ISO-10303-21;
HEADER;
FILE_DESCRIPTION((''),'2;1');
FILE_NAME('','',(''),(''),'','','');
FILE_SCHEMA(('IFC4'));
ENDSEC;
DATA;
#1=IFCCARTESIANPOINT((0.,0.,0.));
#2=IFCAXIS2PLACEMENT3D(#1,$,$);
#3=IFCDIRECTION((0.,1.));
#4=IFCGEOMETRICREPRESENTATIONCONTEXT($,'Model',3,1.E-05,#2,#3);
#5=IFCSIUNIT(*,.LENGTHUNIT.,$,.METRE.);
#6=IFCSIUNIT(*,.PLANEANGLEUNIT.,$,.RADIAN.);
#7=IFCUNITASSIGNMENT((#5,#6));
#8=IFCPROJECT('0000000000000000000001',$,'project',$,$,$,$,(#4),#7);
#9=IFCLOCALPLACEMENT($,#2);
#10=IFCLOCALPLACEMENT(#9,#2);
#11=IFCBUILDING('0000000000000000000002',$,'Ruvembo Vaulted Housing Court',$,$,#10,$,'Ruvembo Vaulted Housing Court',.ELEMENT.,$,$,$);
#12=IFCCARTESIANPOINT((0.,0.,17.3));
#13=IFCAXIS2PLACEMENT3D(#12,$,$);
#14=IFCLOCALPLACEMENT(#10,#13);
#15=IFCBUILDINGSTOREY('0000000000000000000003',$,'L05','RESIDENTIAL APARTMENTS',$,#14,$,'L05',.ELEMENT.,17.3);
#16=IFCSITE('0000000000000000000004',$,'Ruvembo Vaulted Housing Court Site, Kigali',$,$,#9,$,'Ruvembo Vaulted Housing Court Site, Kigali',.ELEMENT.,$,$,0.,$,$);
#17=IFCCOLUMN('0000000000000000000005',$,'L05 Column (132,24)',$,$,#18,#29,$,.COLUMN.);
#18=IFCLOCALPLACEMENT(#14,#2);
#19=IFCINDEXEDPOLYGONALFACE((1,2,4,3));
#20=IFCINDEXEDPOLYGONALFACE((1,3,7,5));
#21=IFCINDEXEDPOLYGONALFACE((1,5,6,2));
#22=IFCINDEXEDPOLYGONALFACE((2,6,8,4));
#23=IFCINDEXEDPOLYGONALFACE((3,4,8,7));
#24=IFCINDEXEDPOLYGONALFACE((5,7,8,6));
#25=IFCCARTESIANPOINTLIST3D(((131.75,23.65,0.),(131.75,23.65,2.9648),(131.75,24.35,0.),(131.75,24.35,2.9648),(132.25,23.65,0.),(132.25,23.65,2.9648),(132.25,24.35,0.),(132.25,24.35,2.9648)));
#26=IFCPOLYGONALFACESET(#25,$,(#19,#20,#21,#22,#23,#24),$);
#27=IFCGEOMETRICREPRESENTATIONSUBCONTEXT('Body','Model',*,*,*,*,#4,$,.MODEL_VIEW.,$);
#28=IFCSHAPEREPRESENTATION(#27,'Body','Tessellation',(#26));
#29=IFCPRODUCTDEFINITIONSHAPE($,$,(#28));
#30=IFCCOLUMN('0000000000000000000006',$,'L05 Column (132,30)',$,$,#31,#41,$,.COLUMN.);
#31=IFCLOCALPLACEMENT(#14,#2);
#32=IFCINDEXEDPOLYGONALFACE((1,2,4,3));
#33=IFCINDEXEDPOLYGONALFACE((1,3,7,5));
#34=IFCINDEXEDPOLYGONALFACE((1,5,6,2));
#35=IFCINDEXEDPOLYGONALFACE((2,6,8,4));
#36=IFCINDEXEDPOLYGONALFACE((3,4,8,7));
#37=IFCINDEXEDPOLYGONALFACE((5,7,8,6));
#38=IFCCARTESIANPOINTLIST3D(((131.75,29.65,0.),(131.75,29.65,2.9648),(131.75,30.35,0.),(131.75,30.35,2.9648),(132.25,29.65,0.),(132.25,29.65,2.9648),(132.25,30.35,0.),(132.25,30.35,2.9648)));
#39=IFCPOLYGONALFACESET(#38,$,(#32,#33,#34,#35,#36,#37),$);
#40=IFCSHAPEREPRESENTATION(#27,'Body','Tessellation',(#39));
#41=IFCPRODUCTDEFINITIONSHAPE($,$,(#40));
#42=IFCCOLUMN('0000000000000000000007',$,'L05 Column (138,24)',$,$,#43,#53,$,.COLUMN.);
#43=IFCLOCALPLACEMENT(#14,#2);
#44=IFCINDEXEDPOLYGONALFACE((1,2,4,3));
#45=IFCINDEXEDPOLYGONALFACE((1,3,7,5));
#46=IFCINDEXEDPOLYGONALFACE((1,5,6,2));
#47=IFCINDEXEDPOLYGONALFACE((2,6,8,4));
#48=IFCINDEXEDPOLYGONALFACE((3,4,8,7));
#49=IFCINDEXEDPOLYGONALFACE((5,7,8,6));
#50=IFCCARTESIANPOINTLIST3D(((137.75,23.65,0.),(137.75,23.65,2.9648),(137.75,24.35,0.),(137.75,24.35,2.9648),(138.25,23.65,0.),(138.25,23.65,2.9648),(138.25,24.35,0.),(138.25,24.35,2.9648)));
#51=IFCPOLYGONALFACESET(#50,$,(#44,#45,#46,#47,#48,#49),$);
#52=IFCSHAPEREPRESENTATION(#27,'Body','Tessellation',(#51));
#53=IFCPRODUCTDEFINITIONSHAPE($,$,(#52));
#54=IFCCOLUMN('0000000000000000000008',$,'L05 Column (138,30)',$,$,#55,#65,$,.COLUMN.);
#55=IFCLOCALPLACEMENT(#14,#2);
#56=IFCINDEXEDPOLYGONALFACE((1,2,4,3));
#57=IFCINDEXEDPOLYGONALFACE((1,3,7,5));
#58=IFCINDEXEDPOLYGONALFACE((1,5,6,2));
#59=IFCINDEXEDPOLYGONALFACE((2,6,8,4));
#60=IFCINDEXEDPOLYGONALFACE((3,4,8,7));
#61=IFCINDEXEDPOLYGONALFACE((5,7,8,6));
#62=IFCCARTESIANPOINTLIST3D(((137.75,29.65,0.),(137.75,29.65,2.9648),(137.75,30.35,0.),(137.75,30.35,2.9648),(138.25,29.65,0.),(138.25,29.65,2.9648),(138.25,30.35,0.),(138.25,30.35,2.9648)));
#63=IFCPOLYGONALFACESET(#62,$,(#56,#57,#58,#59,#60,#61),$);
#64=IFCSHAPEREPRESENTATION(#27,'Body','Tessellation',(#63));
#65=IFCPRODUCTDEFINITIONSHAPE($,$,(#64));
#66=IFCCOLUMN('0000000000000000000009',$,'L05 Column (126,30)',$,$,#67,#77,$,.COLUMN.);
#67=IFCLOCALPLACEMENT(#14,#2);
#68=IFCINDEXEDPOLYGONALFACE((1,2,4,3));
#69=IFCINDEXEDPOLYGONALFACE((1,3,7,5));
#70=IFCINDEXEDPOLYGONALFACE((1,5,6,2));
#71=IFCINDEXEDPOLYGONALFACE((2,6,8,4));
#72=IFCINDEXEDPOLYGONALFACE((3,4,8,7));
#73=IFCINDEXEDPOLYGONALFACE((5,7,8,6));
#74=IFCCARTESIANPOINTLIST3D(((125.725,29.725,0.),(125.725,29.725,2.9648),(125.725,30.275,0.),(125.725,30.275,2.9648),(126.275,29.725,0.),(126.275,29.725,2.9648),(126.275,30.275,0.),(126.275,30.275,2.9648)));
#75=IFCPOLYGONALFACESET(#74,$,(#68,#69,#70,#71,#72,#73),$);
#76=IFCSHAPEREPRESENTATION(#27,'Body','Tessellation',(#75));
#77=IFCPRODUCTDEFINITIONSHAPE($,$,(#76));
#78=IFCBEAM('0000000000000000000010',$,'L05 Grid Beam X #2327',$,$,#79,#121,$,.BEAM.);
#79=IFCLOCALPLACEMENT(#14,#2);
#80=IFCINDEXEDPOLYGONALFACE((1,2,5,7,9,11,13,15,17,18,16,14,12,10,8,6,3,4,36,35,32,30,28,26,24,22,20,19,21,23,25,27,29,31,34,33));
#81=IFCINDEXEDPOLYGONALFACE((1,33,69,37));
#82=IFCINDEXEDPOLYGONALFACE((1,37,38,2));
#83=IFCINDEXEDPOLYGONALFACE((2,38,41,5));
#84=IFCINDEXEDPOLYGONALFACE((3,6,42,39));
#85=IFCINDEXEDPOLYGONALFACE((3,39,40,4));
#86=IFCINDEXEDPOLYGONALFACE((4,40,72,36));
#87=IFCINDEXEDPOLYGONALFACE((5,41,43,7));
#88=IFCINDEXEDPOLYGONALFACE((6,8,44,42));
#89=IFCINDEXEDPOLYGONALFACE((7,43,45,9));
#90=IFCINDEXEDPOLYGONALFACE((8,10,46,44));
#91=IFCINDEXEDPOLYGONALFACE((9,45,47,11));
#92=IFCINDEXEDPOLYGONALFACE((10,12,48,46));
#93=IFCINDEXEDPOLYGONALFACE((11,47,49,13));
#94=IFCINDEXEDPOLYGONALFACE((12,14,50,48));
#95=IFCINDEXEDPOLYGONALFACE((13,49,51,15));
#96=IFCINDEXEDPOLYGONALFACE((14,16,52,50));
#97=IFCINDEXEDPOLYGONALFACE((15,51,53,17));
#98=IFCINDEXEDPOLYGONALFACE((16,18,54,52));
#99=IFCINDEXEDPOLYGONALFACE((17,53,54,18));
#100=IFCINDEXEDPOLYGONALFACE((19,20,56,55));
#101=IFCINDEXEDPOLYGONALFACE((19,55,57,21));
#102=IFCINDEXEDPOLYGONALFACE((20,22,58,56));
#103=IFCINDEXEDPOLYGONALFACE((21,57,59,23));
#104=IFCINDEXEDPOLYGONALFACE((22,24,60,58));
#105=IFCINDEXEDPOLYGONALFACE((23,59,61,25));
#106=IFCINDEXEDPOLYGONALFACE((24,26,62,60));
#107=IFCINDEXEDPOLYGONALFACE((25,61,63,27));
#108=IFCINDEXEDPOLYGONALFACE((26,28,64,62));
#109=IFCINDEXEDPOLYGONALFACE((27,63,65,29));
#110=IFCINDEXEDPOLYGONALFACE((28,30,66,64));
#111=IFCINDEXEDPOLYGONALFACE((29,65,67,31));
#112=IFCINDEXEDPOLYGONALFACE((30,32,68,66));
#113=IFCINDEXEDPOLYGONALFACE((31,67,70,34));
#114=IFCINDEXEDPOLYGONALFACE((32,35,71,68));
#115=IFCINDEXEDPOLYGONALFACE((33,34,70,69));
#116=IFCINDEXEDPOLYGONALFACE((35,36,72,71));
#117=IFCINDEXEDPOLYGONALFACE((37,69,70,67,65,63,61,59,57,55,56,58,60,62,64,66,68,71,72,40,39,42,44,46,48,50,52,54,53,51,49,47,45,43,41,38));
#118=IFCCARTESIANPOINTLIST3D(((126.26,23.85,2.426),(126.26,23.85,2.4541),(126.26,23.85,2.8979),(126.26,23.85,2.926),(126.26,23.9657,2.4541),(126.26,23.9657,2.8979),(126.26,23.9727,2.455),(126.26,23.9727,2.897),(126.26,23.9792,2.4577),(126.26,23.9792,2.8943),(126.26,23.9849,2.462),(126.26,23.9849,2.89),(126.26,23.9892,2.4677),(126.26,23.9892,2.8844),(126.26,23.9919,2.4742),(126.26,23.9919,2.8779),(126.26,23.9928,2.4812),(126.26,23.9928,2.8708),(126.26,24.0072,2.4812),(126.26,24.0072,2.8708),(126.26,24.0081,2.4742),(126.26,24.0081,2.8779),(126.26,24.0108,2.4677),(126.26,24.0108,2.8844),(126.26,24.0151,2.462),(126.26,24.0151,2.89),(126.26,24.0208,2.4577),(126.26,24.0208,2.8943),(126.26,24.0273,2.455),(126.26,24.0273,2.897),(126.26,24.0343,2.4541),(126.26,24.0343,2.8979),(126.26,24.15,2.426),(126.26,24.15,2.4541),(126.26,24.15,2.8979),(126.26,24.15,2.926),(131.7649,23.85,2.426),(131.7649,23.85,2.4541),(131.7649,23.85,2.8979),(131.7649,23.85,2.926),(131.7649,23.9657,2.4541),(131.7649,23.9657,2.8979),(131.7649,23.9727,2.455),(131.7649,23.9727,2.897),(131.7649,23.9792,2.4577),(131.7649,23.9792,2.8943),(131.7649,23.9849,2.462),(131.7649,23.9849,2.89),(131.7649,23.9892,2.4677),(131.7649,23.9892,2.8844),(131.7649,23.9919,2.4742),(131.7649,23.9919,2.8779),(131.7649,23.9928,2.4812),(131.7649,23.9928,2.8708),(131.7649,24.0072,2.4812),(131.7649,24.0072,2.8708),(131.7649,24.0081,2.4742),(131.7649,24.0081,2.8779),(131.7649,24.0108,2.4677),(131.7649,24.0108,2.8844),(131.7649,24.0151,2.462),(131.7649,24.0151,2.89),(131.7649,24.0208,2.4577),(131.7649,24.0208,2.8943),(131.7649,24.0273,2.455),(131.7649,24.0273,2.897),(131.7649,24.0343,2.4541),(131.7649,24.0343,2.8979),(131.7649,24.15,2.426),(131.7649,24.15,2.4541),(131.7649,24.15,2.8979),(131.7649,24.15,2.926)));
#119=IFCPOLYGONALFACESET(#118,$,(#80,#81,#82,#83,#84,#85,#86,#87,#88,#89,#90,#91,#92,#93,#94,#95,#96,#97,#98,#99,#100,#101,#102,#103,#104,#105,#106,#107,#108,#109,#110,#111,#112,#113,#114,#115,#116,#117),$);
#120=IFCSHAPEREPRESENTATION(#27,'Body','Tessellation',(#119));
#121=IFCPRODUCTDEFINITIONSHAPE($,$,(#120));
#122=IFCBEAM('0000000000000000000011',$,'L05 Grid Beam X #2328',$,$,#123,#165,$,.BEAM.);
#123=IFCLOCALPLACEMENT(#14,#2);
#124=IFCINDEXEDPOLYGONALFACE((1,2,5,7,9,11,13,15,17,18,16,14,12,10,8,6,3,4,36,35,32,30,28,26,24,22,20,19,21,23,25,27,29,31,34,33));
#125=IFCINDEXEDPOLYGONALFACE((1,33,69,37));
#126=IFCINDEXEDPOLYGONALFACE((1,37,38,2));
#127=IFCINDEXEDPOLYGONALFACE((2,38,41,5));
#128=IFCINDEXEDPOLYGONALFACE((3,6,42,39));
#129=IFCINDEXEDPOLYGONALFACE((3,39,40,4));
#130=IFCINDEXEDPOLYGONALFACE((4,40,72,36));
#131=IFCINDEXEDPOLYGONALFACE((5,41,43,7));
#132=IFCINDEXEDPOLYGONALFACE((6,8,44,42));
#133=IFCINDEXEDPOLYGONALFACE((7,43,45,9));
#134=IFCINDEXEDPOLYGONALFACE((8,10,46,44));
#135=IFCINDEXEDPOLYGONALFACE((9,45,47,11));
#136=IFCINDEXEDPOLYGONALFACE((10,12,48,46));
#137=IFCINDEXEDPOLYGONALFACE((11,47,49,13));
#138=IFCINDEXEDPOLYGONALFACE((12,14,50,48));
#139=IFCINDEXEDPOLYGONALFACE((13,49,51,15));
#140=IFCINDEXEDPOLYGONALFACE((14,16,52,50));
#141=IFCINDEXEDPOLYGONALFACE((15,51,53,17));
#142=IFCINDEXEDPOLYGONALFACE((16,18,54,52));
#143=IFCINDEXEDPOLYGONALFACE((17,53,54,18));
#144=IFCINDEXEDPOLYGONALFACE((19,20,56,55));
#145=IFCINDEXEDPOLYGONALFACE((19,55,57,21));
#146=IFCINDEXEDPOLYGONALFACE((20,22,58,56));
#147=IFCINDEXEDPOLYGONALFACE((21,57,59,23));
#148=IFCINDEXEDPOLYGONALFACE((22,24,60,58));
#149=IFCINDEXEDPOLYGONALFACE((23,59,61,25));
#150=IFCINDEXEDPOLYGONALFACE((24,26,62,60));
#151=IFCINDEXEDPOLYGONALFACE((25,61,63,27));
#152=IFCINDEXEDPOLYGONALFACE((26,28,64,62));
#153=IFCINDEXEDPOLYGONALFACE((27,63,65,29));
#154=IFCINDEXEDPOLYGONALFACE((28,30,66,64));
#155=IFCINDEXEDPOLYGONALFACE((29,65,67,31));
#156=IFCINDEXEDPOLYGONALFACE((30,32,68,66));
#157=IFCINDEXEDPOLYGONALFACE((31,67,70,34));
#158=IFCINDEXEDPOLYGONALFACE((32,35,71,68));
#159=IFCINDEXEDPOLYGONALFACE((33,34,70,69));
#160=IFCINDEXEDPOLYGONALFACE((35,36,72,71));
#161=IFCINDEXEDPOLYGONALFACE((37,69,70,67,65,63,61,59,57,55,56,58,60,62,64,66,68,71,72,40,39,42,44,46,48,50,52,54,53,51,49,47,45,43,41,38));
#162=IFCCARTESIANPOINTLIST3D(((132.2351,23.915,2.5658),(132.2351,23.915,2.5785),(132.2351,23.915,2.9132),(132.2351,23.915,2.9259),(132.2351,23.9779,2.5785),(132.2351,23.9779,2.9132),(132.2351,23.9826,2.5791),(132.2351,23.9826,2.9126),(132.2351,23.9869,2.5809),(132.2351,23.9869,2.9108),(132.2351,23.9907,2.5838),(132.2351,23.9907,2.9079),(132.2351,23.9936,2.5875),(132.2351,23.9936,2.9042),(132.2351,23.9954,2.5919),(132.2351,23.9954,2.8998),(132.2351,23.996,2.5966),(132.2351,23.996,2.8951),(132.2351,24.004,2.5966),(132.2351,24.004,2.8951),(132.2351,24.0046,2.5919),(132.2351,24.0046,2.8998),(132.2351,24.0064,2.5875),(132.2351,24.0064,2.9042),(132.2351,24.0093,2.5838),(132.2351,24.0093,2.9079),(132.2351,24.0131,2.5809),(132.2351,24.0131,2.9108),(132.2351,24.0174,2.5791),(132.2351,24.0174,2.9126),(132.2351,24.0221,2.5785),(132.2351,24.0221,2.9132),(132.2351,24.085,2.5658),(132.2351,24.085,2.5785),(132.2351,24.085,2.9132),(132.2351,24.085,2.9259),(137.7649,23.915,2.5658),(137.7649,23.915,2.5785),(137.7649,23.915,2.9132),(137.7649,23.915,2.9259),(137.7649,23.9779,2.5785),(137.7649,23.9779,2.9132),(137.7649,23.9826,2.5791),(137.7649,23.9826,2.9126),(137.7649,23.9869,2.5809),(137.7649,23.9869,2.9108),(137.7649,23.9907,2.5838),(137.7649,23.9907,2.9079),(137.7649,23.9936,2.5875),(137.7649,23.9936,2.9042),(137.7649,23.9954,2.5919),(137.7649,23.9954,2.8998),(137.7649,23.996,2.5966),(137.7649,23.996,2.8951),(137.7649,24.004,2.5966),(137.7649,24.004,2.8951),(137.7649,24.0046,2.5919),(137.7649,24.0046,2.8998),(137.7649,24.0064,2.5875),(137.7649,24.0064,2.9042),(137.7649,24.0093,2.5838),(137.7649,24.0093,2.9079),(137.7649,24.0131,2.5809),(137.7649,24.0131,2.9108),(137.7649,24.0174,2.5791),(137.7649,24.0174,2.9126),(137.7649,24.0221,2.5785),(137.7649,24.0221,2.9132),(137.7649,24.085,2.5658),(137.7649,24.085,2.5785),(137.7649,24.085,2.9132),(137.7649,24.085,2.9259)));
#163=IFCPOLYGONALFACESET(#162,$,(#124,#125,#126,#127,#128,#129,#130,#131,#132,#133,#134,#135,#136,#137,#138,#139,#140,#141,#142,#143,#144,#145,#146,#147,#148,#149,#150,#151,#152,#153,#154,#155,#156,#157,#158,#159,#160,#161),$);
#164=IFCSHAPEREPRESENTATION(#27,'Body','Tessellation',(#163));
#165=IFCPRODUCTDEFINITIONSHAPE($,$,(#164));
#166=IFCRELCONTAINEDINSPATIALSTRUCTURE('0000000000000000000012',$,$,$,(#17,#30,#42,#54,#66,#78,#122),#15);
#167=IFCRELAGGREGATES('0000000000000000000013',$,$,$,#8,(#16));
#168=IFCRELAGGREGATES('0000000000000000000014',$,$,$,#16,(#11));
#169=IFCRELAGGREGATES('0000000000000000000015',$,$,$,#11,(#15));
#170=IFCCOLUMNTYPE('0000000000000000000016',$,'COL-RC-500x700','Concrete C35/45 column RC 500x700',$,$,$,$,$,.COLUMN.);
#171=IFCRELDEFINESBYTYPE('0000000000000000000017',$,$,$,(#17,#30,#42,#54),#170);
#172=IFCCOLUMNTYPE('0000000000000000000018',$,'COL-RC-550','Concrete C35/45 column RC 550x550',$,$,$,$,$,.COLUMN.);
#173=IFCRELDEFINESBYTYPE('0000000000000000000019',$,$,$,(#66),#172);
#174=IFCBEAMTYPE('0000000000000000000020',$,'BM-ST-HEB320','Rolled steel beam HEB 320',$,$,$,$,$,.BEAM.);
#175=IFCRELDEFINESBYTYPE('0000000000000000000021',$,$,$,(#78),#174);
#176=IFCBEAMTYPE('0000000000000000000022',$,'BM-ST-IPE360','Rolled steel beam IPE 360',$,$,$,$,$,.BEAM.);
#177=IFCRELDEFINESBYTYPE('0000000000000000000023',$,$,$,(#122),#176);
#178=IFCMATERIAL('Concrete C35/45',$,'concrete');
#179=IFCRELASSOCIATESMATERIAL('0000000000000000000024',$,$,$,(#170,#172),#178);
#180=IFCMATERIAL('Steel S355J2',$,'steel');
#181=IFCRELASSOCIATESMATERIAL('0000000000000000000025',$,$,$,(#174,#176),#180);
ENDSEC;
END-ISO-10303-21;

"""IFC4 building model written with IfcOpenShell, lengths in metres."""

from ifc_helpers import new_model, si_unit, direction, frame, origin, origin_2d, place, context, subcontext, project, spatial, rectangle, i_section, extrude, material, material_profile, profile_set, type_object, element, save


model = new_model("IFC4")

# Units and contexts
model_context = context("Model", 3, precision=1e-05, world=origin(), true_north=direction((0.0, 1.0)))
body_context = subcontext(model_context, "Body", "Model", "MODEL_VIEW")
ifc_project = project(units=[si_unit("LENGTHUNIT", "METRE"), si_unit("PLANEANGLEUNIT", "RADIAN")], contexts=[model_context])

# Site, building, storey
site_placement = place(None, origin())
site = spatial("IfcSite", under=ifc_project, at=site_placement, Name="Ruvembo Vaulted Housing Court Site, Kigali", LongName="Ruvembo Vaulted Housing Court Site, Kigali", CompositionType="ELEMENT", RefElevation=0.0)
building_placement = place(site_placement, origin())
building = spatial("IfcBuilding", under=site, at=building_placement, Name="Ruvembo Vaulted Housing Court", LongName="Ruvembo Vaulted Housing Court", CompositionType="ELEMENT")
storey_placement = place(building_placement, frame((0.0, 0.0, 17.3)))
storey = spatial("IfcBuildingStorey", under=building, at=storey_placement, Name="L05", Description="RESIDENTIAL APARTMENTS", LongName="L05", CompositionType="ELEMENT", Elevation=17.3)

# Columns
ifc_material_1 = material(Name="Concrete C35/45", Category="concrete")
ifc_material_profile_1 = material_profile(ifc_material_1, rectangle(XDim=0.5, YDim=0.7, at=origin_2d()), Name="RC 500x700")
ifc_profile_set_1 = profile_set([ifc_material_profile_1], Name="Concrete C35/45")
column_type_1 = type_object("IfcColumnType", Name="COL-RC-500x700", Description="Concrete C35/45 column RC 500x700", PredefinedType="COLUMN", material=ifc_profile_set_1)
for number, where, z_axis, x_axis, name in (
    (1, (132.0, 24.0, 0.0), (0.0, 0.0, 1.0), (1.0, 0.0, 0.0), "L05 Column (132,24)"),
    (2, (132.0, 30.0, 0.0), (0.0, 0.0, 1.0), (1.0, 0.0, 0.0), "L05 Column (132,30)"),
    (3, (138.0, 24.0, 0.0), (0.0, 0.0, 1.0), (1.0, 0.0, 0.0), "L05 Column (138,24)"),
    (4, (138.0, 30.0, 0.0), (0.0, 0.0, 1.0), (1.0, 0.0, 0.0), "L05 Column (138,30)"),
):
    element("IfcColumn", number, at=place(storey_placement, frame(where, z_axis=z_axis, x_axis=x_axis)), inside=storey, type_object=column_type_1, Name=name, PredefinedType="COLUMN", context=body_context, shape_type="SweptSolid", body=[
        extrude(rectangle(XDim=0.5, YDim=0.7, at=origin_2d()), origin(), (0.0, 0.0, 1.0), 2.9648),
    ])
ifc_material_profile_2 = material_profile(ifc_material_1, rectangle(XDim=0.55, YDim=0.55, at=origin_2d()), Name="RC 550x550")
ifc_profile_set_2 = profile_set([ifc_material_profile_2], Name="Concrete C35/45")
column_type_2 = type_object("IfcColumnType", Name="COL-RC-550", Description="Concrete C35/45 column RC 550x550", PredefinedType="COLUMN", material=ifc_profile_set_2)
column_placement = place(storey_placement, frame((126.0, 30.0, 0.0), z_axis=(0.0, 0.0, 1.0), x_axis=(1.0, 0.0, 0.0)))
element("IfcColumn", 5, at=column_placement, inside=storey, type_object=column_type_2, Name="L05 Column (126,30)", PredefinedType="COLUMN", context=body_context, shape_type="SweptSolid", body=[
    extrude(rectangle(XDim=0.55, YDim=0.55, at=origin_2d()), origin(), (0.0, 0.0, 1.0), 2.9648),
])

# Beams
ifc_material_2 = material(Name="Steel S355J2", Category="steel")
ifc_material_profile_3 = material_profile(ifc_material_2, i_section(OverallWidth=0.3, OverallDepth=0.5, WebThickness=0.0144, FlangeThickness=0.0281, FilletRadius=0.0271, at=origin_2d()), Name="HEB 320")
ifc_profile_set_3 = profile_set([ifc_material_profile_3], Name="Steel S355J2")
beam_type_1 = type_object("IfcBeamType", Name="BM-ST-HEB320", Description="Rolled steel beam HEB 320", PredefinedType="BEAM", material=ifc_profile_set_3)
beam_1_placement = place(storey_placement, frame((126.26, 24.0, 2.676), z_axis=(1.0, 0.0, 0.0), x_axis=(0.0, 1.0, 0.0)))
element("IfcBeam", 6, at=beam_1_placement, inside=storey, type_object=beam_type_1, Name="L05 Grid Beam X #2327", PredefinedType="BEAM", context=body_context, shape_type="SweptSolid", body=[
    extrude(i_section(OverallWidth=0.3, OverallDepth=0.5, WebThickness=0.0144, FlangeThickness=0.0281, FilletRadius=0.0271, at=origin_2d()), origin(), (0.0, 0.0, 1.0), 5.5049),
])
ifc_material_profile_4 = material_profile(ifc_material_2, i_section(OverallWidth=0.1699, OverallDepth=0.3601, WebThickness=0.0081, FlangeThickness=0.0127, FilletRadius=0.0181, at=origin_2d()), Name="IPE 360")
ifc_profile_set_4 = profile_set([ifc_material_profile_4], Name="Steel S355J2")
beam_type_2 = type_object("IfcBeamType", Name="BM-ST-IPE360", Description="Rolled steel beam IPE 360", PredefinedType="BEAM", material=ifc_profile_set_4)
beam_2_placement = place(storey_placement, frame((132.2351, 24.0, 2.7458), z_axis=(1.0, 0.0, 0.0), x_axis=(0.0, 1.0, 0.0)))
element("IfcBeam", 7, at=beam_2_placement, inside=storey, type_object=beam_type_2, Name="L05 Grid Beam X #2328", PredefinedType="BEAM", context=body_context, shape_type="SweptSolid", body=[
    extrude(i_section(OverallWidth=0.1699, OverallDepth=0.3601, WebThickness=0.0081, FlangeThickness=0.0127, FilletRadius=0.0181, at=origin_2d()), origin(), (0.0, 0.0, 1.0), 5.5298),
])

save(model, "model.ifc")
